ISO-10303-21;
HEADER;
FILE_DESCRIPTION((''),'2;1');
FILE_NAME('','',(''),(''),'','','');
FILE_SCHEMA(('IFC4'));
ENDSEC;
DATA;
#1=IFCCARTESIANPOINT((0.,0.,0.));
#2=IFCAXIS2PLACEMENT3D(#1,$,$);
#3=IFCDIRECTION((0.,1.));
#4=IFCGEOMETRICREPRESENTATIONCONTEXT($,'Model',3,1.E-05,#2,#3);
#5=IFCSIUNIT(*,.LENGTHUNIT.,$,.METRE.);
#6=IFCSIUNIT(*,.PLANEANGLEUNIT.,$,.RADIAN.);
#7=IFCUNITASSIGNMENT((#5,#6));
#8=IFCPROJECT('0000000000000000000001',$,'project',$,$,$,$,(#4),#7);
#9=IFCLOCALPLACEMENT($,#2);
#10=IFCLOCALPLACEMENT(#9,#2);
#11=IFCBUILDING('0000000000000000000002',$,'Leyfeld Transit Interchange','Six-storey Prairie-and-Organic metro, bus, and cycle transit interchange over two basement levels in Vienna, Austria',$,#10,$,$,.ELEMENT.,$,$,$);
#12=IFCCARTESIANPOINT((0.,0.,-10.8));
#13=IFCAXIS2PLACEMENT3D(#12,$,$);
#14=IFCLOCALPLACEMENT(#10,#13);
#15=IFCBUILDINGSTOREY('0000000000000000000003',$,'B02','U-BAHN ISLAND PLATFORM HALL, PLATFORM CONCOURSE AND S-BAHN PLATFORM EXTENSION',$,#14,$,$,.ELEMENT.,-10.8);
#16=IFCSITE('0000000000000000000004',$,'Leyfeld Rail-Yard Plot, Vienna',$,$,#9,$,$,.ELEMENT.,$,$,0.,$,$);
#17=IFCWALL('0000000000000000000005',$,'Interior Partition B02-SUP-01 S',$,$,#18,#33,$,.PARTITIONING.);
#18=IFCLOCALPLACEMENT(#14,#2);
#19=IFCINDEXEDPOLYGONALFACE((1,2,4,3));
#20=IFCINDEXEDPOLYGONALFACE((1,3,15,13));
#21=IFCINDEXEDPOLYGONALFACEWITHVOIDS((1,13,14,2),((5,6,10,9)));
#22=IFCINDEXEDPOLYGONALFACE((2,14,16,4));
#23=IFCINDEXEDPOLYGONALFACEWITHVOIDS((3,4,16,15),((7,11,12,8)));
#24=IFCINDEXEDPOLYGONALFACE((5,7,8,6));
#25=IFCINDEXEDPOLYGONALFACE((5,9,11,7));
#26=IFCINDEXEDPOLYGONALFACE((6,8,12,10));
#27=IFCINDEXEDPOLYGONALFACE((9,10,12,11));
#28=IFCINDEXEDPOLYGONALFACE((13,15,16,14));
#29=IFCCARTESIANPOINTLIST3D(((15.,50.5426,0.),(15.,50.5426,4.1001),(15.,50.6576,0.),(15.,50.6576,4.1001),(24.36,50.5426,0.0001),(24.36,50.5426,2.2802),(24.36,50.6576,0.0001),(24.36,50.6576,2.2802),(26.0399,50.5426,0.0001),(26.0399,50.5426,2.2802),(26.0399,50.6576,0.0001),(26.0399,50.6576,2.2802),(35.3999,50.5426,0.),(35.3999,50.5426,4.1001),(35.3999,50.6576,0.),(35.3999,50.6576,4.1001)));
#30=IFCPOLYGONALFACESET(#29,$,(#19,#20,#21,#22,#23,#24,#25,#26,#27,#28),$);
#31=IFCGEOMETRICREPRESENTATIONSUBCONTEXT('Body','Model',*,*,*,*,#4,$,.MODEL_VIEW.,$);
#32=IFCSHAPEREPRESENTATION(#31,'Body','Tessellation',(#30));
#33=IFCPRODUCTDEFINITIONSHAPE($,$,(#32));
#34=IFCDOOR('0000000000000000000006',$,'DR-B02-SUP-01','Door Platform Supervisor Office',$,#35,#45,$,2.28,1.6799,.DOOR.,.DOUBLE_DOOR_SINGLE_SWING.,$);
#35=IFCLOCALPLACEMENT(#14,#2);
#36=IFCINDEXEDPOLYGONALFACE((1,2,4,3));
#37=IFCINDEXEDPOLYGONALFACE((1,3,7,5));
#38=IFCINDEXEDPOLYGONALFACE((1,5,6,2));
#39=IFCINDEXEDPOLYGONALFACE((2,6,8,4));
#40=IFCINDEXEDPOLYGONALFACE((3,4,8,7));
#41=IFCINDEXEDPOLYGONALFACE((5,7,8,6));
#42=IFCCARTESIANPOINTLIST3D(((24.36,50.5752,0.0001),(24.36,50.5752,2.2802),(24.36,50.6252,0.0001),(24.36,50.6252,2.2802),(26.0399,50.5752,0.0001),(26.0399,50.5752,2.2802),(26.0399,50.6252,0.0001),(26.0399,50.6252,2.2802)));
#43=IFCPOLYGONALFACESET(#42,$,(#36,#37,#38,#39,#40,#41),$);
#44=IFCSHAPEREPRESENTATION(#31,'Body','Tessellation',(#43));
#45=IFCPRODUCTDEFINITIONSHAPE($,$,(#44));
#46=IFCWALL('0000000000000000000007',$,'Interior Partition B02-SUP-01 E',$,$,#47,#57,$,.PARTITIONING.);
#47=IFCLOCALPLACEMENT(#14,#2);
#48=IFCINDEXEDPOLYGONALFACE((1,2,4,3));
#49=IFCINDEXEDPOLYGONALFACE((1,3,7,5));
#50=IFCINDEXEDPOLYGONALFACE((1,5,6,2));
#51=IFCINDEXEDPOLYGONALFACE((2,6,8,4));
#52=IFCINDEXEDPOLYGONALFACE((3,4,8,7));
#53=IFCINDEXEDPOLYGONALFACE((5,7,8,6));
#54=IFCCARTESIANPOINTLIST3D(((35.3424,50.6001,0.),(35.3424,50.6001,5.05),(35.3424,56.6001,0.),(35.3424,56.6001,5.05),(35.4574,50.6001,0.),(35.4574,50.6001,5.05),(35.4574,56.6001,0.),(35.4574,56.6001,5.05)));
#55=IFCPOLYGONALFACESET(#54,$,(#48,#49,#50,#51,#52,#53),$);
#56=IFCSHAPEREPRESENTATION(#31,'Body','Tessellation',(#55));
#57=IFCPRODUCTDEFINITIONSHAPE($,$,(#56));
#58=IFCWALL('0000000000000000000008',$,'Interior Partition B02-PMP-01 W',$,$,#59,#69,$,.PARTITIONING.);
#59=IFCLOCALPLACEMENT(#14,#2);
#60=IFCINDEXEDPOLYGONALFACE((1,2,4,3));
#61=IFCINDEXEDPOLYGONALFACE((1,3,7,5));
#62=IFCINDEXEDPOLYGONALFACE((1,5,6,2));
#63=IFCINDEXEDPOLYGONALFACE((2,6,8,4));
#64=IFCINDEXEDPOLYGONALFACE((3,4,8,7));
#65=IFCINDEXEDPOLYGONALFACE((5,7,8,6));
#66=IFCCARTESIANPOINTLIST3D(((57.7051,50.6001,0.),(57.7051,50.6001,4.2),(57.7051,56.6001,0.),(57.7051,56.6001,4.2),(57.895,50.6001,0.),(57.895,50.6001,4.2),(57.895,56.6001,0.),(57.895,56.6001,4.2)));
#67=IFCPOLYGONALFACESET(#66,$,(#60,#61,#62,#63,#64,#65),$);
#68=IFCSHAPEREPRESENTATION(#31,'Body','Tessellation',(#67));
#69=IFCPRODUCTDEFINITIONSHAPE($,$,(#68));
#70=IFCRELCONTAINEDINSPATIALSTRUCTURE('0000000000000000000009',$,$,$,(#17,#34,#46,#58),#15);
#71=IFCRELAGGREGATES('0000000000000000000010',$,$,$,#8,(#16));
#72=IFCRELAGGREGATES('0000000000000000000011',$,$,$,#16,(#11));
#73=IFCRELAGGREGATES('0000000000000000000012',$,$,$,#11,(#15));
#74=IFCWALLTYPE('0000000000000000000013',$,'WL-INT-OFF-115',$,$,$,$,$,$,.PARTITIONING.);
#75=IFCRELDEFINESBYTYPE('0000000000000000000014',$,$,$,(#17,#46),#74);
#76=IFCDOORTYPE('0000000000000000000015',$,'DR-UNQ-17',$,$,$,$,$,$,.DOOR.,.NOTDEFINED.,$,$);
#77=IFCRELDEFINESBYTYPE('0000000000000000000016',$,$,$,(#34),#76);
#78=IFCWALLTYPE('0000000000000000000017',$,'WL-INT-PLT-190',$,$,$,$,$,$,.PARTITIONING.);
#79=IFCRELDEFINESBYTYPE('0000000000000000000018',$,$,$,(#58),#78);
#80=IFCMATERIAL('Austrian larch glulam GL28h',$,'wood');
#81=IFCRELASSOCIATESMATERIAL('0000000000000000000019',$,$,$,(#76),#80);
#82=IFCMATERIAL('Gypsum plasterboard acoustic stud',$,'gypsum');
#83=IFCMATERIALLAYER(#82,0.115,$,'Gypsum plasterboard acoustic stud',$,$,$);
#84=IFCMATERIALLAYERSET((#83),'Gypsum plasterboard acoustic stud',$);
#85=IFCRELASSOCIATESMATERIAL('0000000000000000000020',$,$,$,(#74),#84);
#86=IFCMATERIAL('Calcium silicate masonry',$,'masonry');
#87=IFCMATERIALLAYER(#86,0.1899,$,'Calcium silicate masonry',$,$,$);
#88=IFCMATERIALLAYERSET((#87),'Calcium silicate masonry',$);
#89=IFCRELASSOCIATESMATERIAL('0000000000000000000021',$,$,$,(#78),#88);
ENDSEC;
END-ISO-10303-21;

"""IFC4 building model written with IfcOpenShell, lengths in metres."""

from ifc_helpers import new_model, si_unit, direction, frame, frame_2d, origin, place, context, subcontext, project, spatial, rectangle, extrude, material, layer, layer_set, type_object, element, fill, save


model = new_model("IFC4")

# Units and contexts
model_context = context("Model", 3, precision=1e-05, world=origin(), true_north=direction((0.0, 1.0)))
body_context = subcontext(model_context, "Body", "Model", "MODEL_VIEW")
ifc_project = project(units=[si_unit("LENGTHUNIT", "METRE"), si_unit("PLANEANGLEUNIT", "RADIAN")], contexts=[model_context])

# Site, building, storey
site_placement = place(None, origin())
site = spatial("IfcSite", under=ifc_project, at=site_placement, Name="Leyfeld Rail-Yard Plot, Vienna", CompositionType="ELEMENT", RefElevation=0.0)
building_placement = place(site_placement, origin())
building = spatial("IfcBuilding", under=site, at=building_placement, Name="Leyfeld Transit Interchange", Description="Six-storey Prairie-and-Organic metro, bus, and cycle transit interchange over two basement levels in Vienna, Austria", CompositionType="ELEMENT")
storey_placement = place(building_placement, frame((0.0, 0.0, -10.8)))
storey = spatial("IfcBuildingStorey", under=building, at=storey_placement, Name="B02", Description="U-BAHN ISLAND PLATFORM HALL, PLATFORM CONCOURSE AND S-BAHN PLATFORM EXTENSION", CompositionType="ELEMENT", Elevation=-10.8)

# Shared definitions
ifc_material_1 = material(Name="Calcium silicate masonry", Category="masonry")
ifc_material_2 = material(Name="Austrian larch glulam GL28h", Category="wood")
door_type = type_object("IfcDoorType", Name="DR-UNQ-17", OperationType="NOTDEFINED", PredefinedType="DOOR", material=ifc_material_2)

# Wall, opening, door
ifc_material_3 = material(Name="Gypsum plasterboard acoustic stud", Category="gypsum")
ifc_layer_1 = layer(ifc_material_3, 0.115, Name="Gypsum plasterboard acoustic stud")
ifc_layer_set_1 = layer_set([ifc_layer_1], Name="Gypsum plasterboard acoustic stud")
wall_type_1 = type_object("IfcWallType", Name="WL-INT-OFF-115", PredefinedType="PARTITIONING", material=ifc_layer_set_1)
wall_1_placement = place(storey_placement, frame((35.3999, 50.6001, 0.0), z_axis=(0.0, 0.0, 1.0), x_axis=(-1.0, 0.0, 0.0)))
wall_1 = element("IfcWall", 1, at=wall_1_placement, inside=storey, type_object=wall_type_1, Name="Interior Partition B02-SUP-01 S", PredefinedType="PARTITIONING", context=body_context, shape_type="SweptSolid", body=[
    extrude(rectangle(XDim=20.3999, YDim=0.115, at=frame_2d((10.2, 0.0))), origin(), (0.0, 0.0, 1.0), 4.1001),
])
opening_1_placement = place(wall_1_placement, frame((9.3601, 0.0, 0.0)))
opening_1 = element("IfcOpeningElement", 2, at=opening_1_placement, cuts=wall_1, PredefinedType="OPENING", context=body_context, shape_type="SweptSolid", body=[
    extrude(rectangle(XDim=1.6799, YDim=2.28, at=frame_2d((0.8398, 1.1401))), frame((0.0, 0.0674, 0.0), z_axis=(0.0, -1.0, 0.0), x_axis=(1.0, 0.0, 0.0)), (0.0, 0.0, 1.0), 0.135),
])
door_1_placement = place(opening_1_placement, origin())
door_1 = element("IfcDoor", 3, at=door_1_placement, inside=storey, type_object=door_type, Name="DR-B02-SUP-01", Description="Door Platform Supervisor Office", OperationType="DOUBLE_DOOR_SINGLE_SWING", OverallHeight=2.28, OverallWidth=1.6799, PredefinedType="DOOR", context=body_context, shape_type="SweptSolid", body=[
    extrude(rectangle(XDim=1.6799, YDim=2.28, at=frame_2d((0.8398, 1.1401))), frame((0.0, 0.0249, 0.0), z_axis=(0.0, -1.0, 0.0), x_axis=(1.0, 0.0, 0.0)), (0.0, 0.0, 1.0), 0.05),
])
fill(opening_1, door_1)

# Walls
wall_2_placement = place(storey_placement, frame((35.3999, 56.6001, 0.0), z_axis=(0.0, 0.0, 1.0), x_axis=(0.0, -1.0, 0.0)))
element("IfcWall", 4, at=wall_2_placement, inside=storey, type_object=wall_type_1, Name="Interior Partition B02-SUP-01 E", PredefinedType="PARTITIONING", context=body_context, shape_type="SweptSolid", body=[
    extrude(rectangle(XDim=6.0, YDim=0.115, at=frame_2d((3.0, 0.0))), origin(), (0.0, 0.0, 1.0), 5.05),
])
ifc_layer_2 = layer(ifc_material_1, 0.1899, Name="Calcium silicate masonry")
ifc_layer_set_2 = layer_set([ifc_layer_2], Name="Calcium silicate masonry")
wall_type_2 = type_object("IfcWallType", Name="WL-INT-PLT-190", PredefinedType="PARTITIONING", material=ifc_layer_set_2)
wall_3_placement = place(storey_placement, frame((57.8, 50.6001, 0.0), z_axis=(0.0, 0.0, 1.0), x_axis=(0.0, 1.0, 0.0)))
element("IfcWall", 5, at=wall_3_placement, inside=storey, type_object=wall_type_2, Name="Interior Partition B02-PMP-01 W", PredefinedType="PARTITIONING", context=body_context, shape_type="SweptSolid", body=[
    extrude(rectangle(XDim=6.0, YDim=0.1899, at=frame_2d((3.0, 0.0))), origin(), (0.0, 0.0, 1.0), 4.2),
])

save(model, "model.ifc")
